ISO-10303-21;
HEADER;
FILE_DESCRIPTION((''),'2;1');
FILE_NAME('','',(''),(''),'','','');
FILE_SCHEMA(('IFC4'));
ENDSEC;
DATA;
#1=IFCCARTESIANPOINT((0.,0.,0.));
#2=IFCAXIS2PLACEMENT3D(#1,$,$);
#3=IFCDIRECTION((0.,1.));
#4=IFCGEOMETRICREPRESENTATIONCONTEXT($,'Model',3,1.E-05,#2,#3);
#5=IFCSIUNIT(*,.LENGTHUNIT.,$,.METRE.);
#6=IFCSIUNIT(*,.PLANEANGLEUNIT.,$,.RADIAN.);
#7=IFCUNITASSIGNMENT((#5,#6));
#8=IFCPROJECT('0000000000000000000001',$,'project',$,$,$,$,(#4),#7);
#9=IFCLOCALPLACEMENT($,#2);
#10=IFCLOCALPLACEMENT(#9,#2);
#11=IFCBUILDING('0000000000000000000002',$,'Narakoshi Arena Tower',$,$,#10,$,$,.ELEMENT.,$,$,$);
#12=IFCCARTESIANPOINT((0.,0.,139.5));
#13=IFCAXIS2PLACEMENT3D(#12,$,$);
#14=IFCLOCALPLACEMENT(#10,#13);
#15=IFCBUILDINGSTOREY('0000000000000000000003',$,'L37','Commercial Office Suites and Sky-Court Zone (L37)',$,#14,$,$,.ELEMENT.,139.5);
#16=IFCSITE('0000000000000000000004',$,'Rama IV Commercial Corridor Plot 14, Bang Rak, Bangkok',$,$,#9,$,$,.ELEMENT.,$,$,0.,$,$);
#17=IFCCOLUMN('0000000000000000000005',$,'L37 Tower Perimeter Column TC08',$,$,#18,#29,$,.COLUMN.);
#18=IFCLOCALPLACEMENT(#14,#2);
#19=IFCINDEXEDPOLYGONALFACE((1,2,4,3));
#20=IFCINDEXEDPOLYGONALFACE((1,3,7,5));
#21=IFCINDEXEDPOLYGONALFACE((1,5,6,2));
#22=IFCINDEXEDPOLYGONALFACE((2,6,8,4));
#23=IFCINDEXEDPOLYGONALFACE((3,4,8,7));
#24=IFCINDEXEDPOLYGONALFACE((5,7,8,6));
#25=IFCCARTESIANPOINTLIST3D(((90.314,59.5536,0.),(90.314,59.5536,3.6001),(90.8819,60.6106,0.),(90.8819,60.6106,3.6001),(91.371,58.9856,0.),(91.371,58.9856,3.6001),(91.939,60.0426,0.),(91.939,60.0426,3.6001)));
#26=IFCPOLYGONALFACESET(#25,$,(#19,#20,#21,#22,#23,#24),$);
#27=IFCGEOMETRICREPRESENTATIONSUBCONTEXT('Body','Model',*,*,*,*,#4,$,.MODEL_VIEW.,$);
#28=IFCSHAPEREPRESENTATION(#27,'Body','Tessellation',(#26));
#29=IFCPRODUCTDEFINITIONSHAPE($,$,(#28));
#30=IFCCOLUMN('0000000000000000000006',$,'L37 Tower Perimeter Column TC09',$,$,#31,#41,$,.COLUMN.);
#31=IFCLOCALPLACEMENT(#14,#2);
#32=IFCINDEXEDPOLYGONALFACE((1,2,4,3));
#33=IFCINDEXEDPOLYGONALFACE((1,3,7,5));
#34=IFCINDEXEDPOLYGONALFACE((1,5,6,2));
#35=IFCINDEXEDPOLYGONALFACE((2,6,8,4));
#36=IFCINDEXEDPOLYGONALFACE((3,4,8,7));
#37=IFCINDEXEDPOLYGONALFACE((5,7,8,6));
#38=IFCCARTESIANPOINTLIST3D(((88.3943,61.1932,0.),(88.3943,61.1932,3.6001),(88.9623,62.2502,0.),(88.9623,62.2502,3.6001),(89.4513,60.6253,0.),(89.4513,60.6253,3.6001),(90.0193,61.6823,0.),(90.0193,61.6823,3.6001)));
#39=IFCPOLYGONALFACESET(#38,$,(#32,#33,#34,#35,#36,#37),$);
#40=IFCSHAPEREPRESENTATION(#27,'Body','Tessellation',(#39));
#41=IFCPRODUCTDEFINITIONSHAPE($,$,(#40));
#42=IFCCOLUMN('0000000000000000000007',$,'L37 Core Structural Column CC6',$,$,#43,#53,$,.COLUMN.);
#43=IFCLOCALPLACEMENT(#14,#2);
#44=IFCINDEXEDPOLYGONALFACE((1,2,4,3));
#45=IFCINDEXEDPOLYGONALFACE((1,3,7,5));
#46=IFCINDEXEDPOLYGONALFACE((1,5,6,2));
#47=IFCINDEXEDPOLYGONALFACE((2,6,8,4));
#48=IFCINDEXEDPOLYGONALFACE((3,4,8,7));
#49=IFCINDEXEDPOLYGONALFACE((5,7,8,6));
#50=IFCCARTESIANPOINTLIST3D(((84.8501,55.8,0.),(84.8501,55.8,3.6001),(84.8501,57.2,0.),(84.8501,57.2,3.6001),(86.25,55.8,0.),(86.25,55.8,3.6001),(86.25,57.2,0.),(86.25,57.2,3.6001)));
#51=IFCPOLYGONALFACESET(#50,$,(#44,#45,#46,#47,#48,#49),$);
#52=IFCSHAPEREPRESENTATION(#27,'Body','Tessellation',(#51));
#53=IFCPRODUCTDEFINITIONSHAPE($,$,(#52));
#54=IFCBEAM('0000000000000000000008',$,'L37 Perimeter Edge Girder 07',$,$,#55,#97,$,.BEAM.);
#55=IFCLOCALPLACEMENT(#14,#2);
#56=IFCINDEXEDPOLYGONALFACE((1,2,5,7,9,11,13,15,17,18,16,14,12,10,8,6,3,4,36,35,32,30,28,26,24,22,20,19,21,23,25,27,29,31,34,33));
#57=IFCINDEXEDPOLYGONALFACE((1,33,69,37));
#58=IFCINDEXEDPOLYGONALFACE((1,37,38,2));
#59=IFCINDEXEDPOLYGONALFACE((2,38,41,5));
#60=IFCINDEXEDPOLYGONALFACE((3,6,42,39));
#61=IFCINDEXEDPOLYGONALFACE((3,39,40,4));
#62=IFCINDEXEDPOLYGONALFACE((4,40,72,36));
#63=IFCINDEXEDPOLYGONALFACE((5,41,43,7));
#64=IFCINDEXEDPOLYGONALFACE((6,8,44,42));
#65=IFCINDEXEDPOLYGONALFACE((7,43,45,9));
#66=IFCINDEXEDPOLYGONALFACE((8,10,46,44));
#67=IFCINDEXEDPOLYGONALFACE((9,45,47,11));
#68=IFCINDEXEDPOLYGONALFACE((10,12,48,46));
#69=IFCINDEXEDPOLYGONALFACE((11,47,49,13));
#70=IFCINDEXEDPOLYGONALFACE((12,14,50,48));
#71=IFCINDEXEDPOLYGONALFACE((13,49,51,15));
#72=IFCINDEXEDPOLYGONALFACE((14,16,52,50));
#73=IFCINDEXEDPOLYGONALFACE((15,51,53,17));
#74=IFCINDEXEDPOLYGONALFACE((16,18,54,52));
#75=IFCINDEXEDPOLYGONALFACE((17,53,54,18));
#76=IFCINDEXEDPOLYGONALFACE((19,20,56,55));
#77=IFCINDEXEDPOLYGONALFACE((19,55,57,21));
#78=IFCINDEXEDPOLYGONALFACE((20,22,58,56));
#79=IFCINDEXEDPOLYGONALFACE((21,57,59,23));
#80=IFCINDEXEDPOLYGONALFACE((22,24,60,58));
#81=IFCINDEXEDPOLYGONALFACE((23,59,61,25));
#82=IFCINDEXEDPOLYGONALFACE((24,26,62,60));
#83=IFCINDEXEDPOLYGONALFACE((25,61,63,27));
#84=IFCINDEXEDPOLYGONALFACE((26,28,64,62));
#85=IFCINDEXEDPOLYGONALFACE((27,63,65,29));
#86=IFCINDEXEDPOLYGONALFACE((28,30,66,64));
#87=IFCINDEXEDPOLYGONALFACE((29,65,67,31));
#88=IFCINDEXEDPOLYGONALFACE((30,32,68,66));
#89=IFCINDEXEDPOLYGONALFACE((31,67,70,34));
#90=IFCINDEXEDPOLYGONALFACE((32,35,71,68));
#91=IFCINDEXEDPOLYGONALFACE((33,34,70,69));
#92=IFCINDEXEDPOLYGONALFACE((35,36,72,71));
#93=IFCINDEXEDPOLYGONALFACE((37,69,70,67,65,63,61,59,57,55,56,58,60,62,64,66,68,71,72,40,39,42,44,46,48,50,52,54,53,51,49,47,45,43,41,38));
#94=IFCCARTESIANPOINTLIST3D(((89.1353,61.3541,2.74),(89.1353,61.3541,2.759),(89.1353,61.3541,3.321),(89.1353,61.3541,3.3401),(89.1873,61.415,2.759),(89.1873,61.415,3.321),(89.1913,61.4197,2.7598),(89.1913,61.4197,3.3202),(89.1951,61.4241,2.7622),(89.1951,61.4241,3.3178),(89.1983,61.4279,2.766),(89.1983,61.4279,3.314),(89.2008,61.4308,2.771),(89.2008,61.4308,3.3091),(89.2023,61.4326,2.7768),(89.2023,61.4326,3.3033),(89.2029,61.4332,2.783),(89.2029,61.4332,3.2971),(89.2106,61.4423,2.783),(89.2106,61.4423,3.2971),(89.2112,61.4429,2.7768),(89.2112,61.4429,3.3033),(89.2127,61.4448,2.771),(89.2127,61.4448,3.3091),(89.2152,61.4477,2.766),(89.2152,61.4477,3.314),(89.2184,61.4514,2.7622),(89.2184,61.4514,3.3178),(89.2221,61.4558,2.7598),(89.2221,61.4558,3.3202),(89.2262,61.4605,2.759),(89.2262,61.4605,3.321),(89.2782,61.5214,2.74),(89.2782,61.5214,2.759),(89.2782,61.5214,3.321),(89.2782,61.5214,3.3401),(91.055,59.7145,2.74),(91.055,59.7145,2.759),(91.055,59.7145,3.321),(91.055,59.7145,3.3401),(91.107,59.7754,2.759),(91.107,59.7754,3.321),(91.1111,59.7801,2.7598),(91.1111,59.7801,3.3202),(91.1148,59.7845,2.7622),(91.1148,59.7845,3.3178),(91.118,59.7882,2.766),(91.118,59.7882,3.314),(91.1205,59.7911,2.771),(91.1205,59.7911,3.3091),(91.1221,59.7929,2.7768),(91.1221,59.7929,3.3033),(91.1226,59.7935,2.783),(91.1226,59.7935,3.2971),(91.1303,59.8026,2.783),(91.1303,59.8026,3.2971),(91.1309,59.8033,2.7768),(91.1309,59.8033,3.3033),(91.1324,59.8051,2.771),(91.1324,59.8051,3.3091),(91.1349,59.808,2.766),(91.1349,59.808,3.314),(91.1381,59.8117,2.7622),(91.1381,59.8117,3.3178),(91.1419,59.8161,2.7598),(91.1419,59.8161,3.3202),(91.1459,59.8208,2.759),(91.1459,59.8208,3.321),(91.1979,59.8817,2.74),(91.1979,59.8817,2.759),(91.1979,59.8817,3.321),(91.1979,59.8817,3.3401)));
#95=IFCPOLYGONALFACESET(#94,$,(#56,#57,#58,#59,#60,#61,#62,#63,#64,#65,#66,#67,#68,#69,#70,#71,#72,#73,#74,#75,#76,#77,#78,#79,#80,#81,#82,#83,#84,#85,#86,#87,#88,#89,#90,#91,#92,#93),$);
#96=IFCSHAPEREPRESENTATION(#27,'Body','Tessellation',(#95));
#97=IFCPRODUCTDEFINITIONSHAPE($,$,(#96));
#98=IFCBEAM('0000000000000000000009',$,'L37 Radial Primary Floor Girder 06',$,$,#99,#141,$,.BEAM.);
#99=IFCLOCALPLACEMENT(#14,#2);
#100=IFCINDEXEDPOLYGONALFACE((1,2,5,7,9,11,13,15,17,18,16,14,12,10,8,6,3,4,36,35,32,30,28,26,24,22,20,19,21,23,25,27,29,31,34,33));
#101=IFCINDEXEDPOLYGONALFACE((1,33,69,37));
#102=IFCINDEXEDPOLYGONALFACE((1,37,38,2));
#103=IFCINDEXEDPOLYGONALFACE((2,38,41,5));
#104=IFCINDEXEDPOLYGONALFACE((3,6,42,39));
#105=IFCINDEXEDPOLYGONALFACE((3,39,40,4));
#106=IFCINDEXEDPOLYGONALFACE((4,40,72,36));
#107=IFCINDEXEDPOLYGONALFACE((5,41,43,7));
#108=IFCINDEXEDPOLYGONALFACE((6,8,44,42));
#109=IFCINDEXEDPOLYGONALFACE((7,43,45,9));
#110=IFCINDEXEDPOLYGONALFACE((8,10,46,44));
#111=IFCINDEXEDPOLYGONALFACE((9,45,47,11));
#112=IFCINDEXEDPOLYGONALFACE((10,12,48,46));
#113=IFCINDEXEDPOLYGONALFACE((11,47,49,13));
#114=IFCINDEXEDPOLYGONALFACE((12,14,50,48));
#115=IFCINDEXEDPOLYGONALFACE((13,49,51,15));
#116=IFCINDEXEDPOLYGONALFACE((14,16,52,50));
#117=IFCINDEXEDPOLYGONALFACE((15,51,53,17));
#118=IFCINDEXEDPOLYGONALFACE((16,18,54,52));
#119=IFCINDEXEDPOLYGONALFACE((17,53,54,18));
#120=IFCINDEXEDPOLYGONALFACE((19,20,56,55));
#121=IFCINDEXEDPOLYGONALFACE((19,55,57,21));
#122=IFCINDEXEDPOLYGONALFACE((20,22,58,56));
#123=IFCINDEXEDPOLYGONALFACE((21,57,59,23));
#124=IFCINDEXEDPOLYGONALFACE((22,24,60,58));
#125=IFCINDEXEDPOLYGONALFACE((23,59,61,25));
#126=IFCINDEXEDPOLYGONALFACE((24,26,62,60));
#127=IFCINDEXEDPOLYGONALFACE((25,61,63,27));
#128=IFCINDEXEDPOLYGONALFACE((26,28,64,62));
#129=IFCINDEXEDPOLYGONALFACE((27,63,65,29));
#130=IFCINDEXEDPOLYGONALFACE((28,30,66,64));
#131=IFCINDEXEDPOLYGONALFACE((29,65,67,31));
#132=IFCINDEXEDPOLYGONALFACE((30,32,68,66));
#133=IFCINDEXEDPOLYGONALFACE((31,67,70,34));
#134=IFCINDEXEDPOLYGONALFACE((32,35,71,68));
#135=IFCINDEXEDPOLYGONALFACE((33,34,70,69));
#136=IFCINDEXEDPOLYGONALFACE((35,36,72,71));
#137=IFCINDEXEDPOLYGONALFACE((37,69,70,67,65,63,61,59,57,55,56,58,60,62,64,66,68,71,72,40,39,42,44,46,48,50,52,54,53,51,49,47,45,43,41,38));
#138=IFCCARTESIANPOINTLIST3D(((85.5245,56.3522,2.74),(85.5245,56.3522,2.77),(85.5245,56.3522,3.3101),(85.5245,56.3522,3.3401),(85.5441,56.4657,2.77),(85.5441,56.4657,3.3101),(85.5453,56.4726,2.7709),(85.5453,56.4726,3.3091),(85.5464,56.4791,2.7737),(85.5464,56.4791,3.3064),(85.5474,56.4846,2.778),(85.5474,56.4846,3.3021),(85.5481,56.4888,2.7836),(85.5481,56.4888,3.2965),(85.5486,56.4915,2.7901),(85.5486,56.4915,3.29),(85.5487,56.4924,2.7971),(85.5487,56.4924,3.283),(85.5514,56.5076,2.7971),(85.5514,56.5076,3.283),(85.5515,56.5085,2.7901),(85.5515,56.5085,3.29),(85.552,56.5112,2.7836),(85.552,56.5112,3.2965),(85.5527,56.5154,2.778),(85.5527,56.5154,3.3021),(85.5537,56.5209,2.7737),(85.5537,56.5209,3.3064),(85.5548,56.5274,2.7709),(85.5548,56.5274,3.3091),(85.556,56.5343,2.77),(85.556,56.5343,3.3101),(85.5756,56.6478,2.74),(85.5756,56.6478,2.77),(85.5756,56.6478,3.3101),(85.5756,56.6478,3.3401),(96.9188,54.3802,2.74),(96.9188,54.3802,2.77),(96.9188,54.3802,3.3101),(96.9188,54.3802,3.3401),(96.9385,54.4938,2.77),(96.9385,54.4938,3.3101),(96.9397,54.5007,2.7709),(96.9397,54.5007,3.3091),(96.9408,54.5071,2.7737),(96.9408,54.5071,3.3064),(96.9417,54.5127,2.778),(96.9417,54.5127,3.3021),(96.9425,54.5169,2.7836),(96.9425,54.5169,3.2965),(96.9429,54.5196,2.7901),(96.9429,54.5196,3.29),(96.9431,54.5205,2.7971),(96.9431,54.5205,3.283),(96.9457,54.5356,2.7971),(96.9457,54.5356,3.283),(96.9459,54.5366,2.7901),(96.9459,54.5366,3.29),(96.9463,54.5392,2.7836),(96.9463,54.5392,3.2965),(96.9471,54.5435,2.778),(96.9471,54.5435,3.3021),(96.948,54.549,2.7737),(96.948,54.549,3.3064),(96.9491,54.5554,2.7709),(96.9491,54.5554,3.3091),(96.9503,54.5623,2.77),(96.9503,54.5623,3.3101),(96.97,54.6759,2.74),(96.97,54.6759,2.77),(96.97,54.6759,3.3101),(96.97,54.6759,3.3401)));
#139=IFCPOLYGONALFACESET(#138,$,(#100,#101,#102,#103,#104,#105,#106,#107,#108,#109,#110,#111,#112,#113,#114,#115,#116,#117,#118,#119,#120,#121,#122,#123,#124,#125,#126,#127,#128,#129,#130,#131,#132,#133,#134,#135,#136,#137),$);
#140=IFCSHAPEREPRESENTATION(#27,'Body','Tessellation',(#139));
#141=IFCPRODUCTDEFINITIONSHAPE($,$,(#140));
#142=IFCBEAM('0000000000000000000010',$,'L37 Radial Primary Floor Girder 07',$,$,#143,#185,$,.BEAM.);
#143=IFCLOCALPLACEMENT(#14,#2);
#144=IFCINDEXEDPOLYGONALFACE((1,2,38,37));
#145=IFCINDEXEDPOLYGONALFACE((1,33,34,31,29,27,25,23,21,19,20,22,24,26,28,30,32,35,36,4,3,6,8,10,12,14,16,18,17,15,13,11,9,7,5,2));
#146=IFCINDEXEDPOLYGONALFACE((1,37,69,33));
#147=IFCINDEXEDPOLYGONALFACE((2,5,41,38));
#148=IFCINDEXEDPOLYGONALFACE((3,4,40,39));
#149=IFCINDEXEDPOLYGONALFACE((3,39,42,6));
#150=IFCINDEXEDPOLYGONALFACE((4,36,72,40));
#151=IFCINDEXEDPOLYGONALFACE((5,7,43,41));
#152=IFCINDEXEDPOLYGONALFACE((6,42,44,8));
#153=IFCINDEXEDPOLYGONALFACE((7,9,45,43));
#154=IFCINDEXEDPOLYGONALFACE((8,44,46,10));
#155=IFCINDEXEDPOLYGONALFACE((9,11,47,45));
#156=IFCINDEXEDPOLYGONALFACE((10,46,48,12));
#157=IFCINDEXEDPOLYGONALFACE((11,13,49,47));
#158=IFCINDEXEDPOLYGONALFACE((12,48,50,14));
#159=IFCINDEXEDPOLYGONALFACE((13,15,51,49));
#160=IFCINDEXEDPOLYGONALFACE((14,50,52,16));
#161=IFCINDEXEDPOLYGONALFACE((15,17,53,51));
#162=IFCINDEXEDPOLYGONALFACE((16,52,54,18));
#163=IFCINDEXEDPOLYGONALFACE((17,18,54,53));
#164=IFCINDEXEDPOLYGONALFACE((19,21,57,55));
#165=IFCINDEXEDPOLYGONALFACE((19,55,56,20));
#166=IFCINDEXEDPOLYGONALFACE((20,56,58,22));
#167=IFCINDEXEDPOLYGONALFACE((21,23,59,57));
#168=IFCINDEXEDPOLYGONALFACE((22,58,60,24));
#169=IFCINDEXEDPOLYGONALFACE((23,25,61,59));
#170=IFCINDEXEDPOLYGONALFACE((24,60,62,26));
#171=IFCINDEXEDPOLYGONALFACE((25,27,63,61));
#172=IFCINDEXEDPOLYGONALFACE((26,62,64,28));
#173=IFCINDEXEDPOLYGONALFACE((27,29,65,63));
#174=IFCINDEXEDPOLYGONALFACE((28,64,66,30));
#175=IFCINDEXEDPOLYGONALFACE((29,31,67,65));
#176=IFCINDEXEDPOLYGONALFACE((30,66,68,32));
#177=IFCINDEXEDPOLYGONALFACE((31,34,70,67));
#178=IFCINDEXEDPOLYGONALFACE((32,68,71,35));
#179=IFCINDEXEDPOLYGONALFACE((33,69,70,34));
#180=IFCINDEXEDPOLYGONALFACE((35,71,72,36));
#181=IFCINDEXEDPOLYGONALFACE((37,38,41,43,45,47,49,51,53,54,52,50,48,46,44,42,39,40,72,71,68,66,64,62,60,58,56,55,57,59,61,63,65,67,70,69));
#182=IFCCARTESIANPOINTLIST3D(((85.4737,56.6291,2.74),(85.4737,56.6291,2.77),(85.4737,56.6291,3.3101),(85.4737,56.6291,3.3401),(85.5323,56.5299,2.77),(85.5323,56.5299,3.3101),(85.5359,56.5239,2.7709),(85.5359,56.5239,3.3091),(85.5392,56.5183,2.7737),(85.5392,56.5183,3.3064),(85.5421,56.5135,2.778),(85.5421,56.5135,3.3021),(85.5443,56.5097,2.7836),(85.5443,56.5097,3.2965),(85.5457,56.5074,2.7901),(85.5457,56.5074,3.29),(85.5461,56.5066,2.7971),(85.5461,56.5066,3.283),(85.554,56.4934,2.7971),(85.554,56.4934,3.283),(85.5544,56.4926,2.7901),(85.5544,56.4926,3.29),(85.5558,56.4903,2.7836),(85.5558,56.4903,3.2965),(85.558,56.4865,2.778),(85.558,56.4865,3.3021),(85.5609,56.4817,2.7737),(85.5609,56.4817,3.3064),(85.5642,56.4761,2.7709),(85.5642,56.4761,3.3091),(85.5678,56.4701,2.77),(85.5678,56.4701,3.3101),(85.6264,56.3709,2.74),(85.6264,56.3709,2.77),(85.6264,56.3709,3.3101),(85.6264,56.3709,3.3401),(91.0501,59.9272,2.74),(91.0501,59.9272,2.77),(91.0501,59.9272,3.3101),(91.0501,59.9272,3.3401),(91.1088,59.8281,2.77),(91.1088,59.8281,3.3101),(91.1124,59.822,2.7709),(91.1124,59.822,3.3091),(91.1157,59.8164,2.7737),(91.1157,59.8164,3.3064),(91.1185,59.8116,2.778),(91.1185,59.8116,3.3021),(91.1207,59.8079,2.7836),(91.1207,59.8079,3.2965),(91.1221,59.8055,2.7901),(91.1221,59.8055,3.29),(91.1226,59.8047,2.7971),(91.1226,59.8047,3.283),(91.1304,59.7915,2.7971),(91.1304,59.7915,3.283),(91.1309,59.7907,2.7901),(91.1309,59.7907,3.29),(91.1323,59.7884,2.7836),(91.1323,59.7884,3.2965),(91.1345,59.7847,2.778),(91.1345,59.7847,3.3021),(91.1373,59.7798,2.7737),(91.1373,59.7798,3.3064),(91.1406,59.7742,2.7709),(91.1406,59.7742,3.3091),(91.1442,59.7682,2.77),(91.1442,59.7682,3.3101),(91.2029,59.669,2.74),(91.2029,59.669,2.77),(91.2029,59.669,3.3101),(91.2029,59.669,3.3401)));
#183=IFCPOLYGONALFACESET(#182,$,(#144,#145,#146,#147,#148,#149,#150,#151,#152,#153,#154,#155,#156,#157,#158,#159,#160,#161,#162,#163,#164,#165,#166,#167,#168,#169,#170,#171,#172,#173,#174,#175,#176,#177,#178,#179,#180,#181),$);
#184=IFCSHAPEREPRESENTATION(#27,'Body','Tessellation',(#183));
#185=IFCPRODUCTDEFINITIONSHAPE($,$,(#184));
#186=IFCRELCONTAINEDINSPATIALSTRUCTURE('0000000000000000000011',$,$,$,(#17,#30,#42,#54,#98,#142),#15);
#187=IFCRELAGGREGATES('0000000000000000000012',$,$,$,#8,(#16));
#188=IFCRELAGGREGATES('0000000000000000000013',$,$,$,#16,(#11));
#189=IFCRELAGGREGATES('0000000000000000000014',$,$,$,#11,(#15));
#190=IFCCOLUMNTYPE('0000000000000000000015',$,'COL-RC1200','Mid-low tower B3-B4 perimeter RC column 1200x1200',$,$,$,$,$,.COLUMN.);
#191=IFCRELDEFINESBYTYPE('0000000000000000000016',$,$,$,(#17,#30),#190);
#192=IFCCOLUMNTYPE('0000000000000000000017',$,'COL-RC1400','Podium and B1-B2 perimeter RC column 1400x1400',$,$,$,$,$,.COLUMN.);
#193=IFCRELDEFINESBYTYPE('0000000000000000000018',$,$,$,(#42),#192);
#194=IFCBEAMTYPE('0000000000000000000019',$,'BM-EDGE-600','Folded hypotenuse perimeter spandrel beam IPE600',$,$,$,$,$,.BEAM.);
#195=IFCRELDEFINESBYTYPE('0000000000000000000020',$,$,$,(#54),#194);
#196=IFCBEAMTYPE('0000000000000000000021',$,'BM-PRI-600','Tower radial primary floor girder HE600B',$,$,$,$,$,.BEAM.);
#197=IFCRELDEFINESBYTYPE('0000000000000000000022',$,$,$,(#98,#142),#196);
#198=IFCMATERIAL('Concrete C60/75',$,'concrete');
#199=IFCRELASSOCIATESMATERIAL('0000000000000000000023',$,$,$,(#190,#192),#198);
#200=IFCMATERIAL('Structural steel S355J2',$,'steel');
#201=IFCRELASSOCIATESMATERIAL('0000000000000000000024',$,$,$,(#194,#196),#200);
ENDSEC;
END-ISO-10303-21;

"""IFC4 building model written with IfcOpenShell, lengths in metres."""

from ifc_helpers import new_model, si_unit, direction, frame, origin, origin_2d, place, context, subcontext, project, spatial, rectangle, i_section, extrude, material, material_profile, profile_set, type_object, element, save


model = new_model("IFC4")

# Units and contexts
model_context = context("Model", 3, precision=1e-05, world=origin(), true_north=direction((0.0, 1.0)))
body_context = subcontext(model_context, "Body", "Model", "MODEL_VIEW")
ifc_project = project(units=[si_unit("LENGTHUNIT", "METRE"), si_unit("PLANEANGLEUNIT", "RADIAN")], contexts=[model_context])

# Site, building, storey
site_placement = place(None, origin())
site = spatial("IfcSite", under=ifc_project, at=site_placement, Name="Rama IV Commercial Corridor Plot 14, Bang Rak, Bangkok", CompositionType="ELEMENT", RefElevation=0.0)
building_placement = place(site_placement, origin())
building = spatial("IfcBuilding", under=site, at=building_placement, Name="Narakoshi Arena Tower", CompositionType="ELEMENT")
storey_placement = place(building_placement, frame((0.0, 0.0, 139.5)))
storey = spatial("IfcBuildingStorey", under=building, at=storey_placement, Name="L37", Description="Commercial Office Suites and Sky-Court Zone (L37)", CompositionType="ELEMENT", Elevation=139.5)

# Columns
ifc_material_1 = material(Name="Concrete C60/75", Category="concrete")
ifc_material_profile_1 = material_profile(ifc_material_1, rectangle(XDim=1.2, YDim=1.2, at=origin_2d()), Name="RC1200x1200")
ifc_profile_set_1 = profile_set([ifc_material_profile_1], Name="Concrete C60/75")
column_type_1 = type_object("IfcColumnType", Name="COL-RC1200", Description="Mid-low tower B3-B4 perimeter RC column 1200x1200", PredefinedType="COLUMN", material=ifc_profile_set_1)
for number, where, z_axis, x_axis, name in (
    (1, (91.1265, 59.7981, 0.0), (0.0, 0.0, 1.0), (0.47332, 0.880891, 0.0), "L37 Tower Perimeter Column TC08"),
    (2, (89.2068, 61.4377, 0.0), (0.0, 0.0, 1.0), (0.47332, 0.880891, 0.0), "L37 Tower Perimeter Column TC09"),
):
    element("IfcColumn", number, at=place(storey_placement, frame(where, z_axis=z_axis, x_axis=x_axis)), inside=storey, type_object=column_type_1, Name=name, PredefinedType="COLUMN", context=body_context, shape_type="SweptSolid", body=[
        extrude(rectangle(XDim=1.2, YDim=1.2, at=origin_2d()), origin(), (0.0, 0.0, 1.0), 3.6001),
    ])
ifc_material_profile_2 = material_profile(ifc_material_1, rectangle(XDim=1.3999, YDim=1.3999, at=origin_2d()), Name="RC1400x1400")
ifc_profile_set_2 = profile_set([ifc_material_profile_2], Name="Concrete C60/75")
column_type_2 = type_object("IfcColumnType", Name="COL-RC1400", Description="Podium and B1-B2 perimeter RC column 1400x1400", PredefinedType="COLUMN", material=ifc_profile_set_2)
column_placement = place(storey_placement, frame((85.55, 56.5, 0.0), z_axis=(0.0, 0.0, 1.0), x_axis=(1.0, 0.0, 0.0)))
element("IfcColumn", 3, at=column_placement, inside=storey, type_object=column_type_2, Name="L37 Core Structural Column CC6", PredefinedType="COLUMN", context=body_context, shape_type="SweptSolid", body=[
    extrude(rectangle(XDim=1.3999, YDim=1.3999, at=origin_2d()), origin(), (0.0, 0.0, 1.0), 3.6001),
])

# Beams
ifc_material_2 = material(Name="Structural steel S355J2", Category="steel")
ifc_material_profile_3 = material_profile(ifc_material_2, i_section(OverallWidth=0.22, OverallDepth=0.6001, WebThickness=0.012, FlangeThickness=0.019, FilletRadius=0.0239, at=origin_2d()), Name="IPE600")
ifc_profile_set_3 = profile_set([ifc_material_profile_3], Name="Structural steel S355J2")
beam_type_1 = type_object("IfcBeamType", Name="BM-EDGE-600", Description="Folded hypotenuse perimeter spandrel beam IPE600", PredefinedType="BEAM", material=ifc_profile_set_3)
beam_1_placement = place(storey_placement, frame((91.1265, 59.7981, 3.04), z_axis=(-0.760389, 0.649468, 0.0), x_axis=(-0.649468, -0.760389, 0.0)))
element("IfcBeam", 4, at=beam_1_placement, inside=storey, type_object=beam_type_1, Name="L37 Perimeter Edge Girder 07", PredefinedType="BEAM", context=body_context, shape_type="SweptSolid", body=[
    extrude(i_section(OverallWidth=0.22, OverallDepth=0.6001, WebThickness=0.012, FlangeThickness=0.019, FilletRadius=0.0239, at=origin_2d()), origin(), (0.0, 0.0, 1.0), 2.5247),
])
ifc_material_profile_4 = material_profile(ifc_material_2, i_section(OverallWidth=0.3, OverallDepth=0.6001, WebThickness=0.0154, FlangeThickness=0.03, FilletRadius=0.0271, at=origin_2d()), Name="HE600B")
ifc_profile_set_4 = profile_set([ifc_material_profile_4], Name="Structural steel S355J2")
beam_type_2 = type_object("IfcBeamType", Name="BM-PRI-600", Description="Tower radial primary floor girder HE600B", PredefinedType="BEAM", material=ifc_profile_set_4)
beam_2_placement = place(storey_placement, frame((85.55, 56.5, 3.04), z_axis=(0.985353, -0.170528, 0.0), x_axis=(0.170528, 0.985353, 0.0)))
element("IfcBeam", 5, at=beam_2_placement, inside=storey, type_object=beam_type_2, Name="L37 Radial Primary Floor Girder 06", PredefinedType="BEAM", context=body_context, shape_type="SweptSolid", body=[
    extrude(i_section(OverallWidth=0.3, OverallDepth=0.6001, WebThickness=0.0154, FlangeThickness=0.03, FilletRadius=0.0271, at=origin_2d()), origin(), (0.0, 0.0, 1.0), 11.5637),
])
beam_3_placement = place(storey_placement, frame((85.55, 56.5, 3.04), z_axis=(0.860728, 0.509066, 0.0), x_axis=(-0.509066, 0.860728, 0.0)))
element("IfcBeam", 6, at=beam_3_placement, inside=storey, type_object=beam_type_2, Name="L37 Radial Primary Floor Girder 07", PredefinedType="BEAM", context=body_context, shape_type="SweptSolid", body=[
    extrude(i_section(OverallWidth=0.3, OverallDepth=0.6001, WebThickness=0.0154, FlangeThickness=0.03, FilletRadius=0.0271, at=origin_2d()), origin(), (0.0, 0.0, 1.0), 6.4788),
])

save(model, "model.ifc")
